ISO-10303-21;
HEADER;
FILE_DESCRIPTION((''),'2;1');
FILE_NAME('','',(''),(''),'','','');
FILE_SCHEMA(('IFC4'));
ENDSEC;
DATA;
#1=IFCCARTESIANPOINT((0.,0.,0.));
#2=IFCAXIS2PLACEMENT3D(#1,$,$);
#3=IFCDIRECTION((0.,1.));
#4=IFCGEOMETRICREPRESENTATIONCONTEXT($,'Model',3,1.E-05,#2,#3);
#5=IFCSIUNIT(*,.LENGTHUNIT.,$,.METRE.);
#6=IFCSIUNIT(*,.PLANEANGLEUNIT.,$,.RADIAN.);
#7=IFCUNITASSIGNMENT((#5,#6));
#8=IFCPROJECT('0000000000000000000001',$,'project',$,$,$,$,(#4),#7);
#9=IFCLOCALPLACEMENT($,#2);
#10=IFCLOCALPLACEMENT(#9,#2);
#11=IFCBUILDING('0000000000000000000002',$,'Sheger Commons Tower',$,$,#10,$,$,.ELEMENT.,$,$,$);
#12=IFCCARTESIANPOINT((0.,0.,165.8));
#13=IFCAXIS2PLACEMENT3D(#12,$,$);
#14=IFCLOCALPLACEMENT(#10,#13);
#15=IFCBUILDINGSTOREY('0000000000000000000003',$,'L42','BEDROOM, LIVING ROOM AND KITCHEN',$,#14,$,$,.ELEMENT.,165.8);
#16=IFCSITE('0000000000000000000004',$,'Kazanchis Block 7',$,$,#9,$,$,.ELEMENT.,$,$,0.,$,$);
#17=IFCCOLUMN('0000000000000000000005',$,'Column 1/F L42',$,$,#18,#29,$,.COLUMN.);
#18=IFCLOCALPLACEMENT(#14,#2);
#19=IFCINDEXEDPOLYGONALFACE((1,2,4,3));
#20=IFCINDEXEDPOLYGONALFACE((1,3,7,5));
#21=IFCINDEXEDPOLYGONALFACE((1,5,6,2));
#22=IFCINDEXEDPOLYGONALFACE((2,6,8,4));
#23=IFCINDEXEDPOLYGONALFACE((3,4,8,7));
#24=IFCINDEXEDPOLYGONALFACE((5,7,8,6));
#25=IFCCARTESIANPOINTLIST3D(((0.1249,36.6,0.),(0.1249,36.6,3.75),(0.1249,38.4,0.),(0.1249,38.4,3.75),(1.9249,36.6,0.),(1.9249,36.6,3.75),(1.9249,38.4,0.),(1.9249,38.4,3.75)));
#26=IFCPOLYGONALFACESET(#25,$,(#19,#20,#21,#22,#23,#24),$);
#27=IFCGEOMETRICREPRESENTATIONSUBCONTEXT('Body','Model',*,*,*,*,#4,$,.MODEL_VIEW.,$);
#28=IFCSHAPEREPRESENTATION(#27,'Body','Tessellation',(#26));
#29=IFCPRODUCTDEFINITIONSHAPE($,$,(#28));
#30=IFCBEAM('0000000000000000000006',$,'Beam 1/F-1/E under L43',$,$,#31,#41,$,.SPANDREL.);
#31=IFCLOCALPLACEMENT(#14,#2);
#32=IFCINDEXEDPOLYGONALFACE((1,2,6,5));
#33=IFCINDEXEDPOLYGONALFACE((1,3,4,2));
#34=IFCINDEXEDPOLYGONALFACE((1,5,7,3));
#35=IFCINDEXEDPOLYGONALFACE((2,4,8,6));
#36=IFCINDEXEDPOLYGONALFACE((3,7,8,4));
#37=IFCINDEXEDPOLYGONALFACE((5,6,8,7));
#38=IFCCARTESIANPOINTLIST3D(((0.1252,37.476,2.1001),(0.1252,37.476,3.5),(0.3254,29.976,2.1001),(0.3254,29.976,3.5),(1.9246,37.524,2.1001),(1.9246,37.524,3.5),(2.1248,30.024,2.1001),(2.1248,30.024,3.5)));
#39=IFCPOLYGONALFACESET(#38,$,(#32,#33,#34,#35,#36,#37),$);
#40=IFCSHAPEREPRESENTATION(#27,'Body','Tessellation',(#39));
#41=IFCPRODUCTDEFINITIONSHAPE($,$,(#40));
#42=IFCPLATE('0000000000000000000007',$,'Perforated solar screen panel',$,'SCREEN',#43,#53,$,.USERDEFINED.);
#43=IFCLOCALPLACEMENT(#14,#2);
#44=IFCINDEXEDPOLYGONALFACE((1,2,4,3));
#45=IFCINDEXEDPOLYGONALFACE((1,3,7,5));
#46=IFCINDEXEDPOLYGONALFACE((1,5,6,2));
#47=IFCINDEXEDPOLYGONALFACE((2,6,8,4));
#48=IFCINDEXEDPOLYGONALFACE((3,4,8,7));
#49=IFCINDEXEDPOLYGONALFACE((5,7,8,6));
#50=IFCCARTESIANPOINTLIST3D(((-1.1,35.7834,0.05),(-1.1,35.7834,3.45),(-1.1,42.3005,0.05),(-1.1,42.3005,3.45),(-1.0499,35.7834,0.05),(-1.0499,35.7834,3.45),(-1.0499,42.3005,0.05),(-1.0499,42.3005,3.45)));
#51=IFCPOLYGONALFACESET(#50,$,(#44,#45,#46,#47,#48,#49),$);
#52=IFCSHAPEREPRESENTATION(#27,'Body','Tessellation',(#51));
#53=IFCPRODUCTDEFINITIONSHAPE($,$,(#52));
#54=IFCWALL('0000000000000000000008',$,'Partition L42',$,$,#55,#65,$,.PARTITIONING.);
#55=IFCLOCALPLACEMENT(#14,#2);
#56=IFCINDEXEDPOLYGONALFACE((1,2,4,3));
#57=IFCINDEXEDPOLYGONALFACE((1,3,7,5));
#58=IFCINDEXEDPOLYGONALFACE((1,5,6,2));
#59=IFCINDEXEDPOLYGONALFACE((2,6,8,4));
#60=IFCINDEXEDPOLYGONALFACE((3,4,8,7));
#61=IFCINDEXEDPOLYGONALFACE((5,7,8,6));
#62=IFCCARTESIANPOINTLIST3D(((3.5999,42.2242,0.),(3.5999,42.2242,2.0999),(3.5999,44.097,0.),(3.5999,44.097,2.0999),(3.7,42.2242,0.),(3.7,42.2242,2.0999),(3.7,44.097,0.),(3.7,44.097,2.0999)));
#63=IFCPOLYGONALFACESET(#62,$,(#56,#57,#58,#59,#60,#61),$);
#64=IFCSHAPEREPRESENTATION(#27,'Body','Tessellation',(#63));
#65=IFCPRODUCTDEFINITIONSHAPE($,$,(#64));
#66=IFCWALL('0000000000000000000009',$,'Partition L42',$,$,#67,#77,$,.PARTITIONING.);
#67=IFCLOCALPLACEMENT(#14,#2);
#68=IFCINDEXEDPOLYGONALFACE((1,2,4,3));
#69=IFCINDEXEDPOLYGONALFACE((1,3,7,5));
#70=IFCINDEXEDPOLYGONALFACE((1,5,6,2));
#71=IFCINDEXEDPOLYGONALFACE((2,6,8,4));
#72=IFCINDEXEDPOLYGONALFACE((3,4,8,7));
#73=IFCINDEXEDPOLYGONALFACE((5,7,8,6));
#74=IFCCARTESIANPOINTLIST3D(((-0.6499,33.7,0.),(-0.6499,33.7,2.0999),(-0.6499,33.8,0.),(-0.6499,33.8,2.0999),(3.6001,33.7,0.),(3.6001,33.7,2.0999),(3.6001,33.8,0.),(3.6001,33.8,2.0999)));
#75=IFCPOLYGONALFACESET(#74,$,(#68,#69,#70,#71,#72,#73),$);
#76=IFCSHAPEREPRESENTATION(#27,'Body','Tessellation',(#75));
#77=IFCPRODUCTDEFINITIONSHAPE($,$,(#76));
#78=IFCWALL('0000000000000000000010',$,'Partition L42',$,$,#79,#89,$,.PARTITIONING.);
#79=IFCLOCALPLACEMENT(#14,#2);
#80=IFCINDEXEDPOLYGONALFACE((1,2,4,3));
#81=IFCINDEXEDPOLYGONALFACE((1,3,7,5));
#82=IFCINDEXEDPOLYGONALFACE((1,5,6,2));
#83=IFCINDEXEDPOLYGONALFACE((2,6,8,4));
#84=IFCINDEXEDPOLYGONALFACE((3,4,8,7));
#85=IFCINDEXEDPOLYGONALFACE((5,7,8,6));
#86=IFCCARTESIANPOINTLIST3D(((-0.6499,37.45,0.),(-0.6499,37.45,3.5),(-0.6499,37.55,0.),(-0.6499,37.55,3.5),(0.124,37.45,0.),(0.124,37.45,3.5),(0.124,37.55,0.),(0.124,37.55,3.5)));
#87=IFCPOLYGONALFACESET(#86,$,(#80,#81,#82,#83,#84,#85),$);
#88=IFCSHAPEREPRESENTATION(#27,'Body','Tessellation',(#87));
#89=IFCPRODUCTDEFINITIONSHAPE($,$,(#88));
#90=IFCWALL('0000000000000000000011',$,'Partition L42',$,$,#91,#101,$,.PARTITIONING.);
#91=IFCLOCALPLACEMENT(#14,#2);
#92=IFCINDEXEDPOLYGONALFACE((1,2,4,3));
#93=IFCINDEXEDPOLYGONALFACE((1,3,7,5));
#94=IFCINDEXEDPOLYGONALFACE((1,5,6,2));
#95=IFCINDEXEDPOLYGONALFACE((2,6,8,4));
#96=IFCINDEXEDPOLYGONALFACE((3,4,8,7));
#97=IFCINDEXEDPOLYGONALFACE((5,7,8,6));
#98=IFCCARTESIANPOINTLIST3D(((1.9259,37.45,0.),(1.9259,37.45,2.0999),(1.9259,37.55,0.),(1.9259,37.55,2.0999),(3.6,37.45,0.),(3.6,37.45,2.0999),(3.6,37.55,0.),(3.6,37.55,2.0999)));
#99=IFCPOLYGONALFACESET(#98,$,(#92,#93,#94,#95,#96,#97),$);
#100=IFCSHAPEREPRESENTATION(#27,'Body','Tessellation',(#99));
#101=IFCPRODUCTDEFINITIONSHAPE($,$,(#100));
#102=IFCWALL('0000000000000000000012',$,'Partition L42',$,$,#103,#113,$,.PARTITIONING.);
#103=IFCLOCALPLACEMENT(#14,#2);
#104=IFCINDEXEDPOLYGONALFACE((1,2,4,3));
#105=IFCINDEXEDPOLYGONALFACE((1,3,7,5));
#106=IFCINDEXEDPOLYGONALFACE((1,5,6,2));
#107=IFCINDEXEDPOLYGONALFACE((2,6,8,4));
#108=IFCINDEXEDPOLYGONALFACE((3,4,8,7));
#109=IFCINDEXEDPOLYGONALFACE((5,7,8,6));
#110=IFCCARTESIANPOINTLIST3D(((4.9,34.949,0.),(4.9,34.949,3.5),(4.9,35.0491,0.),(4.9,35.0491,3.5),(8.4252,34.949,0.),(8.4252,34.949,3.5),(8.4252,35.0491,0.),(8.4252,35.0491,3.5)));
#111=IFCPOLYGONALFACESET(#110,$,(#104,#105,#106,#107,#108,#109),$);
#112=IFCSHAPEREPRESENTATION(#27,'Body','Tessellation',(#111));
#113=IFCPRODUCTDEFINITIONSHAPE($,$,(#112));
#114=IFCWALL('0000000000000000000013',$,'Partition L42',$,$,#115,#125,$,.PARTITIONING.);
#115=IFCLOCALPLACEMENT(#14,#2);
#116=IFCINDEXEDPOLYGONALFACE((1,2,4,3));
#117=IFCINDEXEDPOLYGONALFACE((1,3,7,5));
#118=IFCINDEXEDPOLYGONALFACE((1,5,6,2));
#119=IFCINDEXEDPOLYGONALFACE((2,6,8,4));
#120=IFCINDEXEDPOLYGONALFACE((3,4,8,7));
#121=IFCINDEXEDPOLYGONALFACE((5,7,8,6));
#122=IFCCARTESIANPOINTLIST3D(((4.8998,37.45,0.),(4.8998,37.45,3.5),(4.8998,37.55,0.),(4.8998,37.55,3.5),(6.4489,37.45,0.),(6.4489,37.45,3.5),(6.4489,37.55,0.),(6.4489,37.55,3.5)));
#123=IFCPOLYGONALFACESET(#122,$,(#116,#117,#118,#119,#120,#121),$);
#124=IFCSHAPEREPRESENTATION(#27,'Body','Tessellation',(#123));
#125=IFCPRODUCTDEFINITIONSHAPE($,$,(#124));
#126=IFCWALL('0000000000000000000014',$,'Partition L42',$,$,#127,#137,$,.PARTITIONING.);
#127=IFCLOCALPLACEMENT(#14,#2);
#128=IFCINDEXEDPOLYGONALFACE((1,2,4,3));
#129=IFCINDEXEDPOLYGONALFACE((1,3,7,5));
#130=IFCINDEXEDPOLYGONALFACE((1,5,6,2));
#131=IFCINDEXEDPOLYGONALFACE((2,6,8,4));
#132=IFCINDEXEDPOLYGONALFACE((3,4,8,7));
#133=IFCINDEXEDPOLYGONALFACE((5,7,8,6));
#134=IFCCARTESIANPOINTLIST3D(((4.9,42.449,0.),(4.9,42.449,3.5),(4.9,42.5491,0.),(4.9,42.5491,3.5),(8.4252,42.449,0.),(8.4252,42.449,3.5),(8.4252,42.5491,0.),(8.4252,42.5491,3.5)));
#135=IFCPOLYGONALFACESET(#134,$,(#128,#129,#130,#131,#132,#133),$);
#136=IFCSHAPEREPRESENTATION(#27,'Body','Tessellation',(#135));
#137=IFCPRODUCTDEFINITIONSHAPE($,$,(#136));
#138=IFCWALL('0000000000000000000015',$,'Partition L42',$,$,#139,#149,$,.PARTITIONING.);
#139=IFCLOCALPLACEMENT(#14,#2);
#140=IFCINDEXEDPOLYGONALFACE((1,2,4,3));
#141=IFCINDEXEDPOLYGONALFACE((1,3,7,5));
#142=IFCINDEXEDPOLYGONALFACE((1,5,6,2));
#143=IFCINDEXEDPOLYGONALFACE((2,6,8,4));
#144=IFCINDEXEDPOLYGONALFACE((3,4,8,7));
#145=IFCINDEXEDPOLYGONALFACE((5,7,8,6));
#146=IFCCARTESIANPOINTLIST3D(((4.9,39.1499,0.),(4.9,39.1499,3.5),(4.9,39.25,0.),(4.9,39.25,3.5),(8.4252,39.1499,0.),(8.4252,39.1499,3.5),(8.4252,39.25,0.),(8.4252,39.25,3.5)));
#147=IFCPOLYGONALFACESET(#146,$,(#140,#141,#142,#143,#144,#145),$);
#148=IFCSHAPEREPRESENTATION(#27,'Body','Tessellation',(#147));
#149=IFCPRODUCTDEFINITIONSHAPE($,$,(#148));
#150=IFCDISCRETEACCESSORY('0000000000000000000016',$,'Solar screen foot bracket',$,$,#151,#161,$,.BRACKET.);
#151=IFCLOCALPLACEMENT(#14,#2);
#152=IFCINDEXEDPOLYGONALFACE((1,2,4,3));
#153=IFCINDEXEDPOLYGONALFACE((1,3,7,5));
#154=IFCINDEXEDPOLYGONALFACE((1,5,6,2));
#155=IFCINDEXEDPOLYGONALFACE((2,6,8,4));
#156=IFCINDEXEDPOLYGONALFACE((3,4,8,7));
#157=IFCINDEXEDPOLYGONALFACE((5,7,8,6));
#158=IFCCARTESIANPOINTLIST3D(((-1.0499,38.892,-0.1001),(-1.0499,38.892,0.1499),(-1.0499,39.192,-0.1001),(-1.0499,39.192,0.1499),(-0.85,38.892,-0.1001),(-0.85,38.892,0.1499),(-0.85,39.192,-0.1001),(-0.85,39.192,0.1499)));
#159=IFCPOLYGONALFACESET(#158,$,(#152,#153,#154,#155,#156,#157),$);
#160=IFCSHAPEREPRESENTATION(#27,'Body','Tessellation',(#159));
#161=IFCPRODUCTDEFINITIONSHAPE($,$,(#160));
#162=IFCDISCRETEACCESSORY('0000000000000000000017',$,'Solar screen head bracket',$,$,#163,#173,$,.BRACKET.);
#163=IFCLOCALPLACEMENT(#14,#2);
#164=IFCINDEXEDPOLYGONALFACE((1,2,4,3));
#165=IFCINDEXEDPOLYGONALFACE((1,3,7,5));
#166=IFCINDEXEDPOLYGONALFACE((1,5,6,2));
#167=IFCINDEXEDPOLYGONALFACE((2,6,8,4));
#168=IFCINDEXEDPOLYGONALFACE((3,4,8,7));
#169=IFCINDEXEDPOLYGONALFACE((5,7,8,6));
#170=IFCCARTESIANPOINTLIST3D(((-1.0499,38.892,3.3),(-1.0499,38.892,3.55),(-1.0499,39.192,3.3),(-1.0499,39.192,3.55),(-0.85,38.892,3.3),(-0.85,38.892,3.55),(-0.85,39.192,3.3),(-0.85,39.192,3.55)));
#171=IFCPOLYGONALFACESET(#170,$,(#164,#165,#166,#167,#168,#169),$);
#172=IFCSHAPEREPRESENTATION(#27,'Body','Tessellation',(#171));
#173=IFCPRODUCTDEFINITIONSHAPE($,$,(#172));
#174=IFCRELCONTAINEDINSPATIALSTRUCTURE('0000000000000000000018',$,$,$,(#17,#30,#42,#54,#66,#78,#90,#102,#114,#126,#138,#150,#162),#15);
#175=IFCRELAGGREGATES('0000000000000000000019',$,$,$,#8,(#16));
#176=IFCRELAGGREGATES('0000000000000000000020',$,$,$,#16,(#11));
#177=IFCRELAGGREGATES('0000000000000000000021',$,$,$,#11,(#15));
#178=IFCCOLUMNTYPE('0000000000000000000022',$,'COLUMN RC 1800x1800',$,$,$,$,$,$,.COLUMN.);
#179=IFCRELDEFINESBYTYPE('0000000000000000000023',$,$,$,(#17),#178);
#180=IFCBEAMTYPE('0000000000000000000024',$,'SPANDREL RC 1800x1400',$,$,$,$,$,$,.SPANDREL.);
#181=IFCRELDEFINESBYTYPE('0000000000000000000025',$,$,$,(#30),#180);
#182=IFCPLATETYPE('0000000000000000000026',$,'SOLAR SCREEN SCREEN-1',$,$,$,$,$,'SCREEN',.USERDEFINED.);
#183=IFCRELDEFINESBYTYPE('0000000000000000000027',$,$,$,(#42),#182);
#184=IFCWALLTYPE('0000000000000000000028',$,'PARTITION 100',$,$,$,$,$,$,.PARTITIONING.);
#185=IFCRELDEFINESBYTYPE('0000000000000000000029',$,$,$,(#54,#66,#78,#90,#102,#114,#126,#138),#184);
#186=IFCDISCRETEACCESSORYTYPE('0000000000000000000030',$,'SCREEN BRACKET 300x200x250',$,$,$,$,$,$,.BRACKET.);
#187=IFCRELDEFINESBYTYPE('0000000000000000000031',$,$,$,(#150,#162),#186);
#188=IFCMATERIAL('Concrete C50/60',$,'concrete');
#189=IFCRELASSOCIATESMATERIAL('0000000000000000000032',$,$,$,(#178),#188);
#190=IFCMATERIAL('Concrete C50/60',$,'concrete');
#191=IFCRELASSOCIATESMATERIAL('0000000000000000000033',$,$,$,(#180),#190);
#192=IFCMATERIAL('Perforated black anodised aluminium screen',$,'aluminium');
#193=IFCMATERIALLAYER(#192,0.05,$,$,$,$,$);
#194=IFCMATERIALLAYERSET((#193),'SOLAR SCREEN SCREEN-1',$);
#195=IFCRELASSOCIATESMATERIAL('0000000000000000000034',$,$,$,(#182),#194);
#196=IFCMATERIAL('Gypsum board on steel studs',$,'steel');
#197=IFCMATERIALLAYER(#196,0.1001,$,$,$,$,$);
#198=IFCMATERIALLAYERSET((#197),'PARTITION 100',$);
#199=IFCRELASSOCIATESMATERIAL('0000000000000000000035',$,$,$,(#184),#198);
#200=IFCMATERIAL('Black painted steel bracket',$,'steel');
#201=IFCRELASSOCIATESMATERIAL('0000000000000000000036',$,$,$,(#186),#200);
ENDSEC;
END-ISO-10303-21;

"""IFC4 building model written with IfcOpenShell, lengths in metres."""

from ifc_helpers import new_model, si_unit, direction, frame, frame_2d, origin, origin_2d, place, context, subcontext, project, spatial, rectangle, extrude, material, layer, layer_set, material_profile, profile_set, type_object, element, save


model = new_model("IFC4")

# Units and contexts
model_context = context("Model", 3, precision=1e-05, world=origin(), true_north=direction((0.0, 1.0)))
body_context = subcontext(model_context, "Body", "Model", "MODEL_VIEW")
ifc_project = project(units=[si_unit("LENGTHUNIT", "METRE"), si_unit("PLANEANGLEUNIT", "RADIAN")], contexts=[model_context])

# Site, building, storey
site_placement = place(None, origin())
site = spatial("IfcSite", under=ifc_project, at=site_placement, Name="Kazanchis Block 7", CompositionType="ELEMENT", RefElevation=0.0)
building_placement = place(site_placement, origin())
building = spatial("IfcBuilding", under=site, at=building_placement, Name="Sheger Commons Tower", CompositionType="ELEMENT")
storey_placement = place(building_placement, frame((0.0, 0.0, 165.8)))
storey = spatial("IfcBuildingStorey", under=building, at=storey_placement, Name="L42", Description="BEDROOM, LIVING ROOM AND KITCHEN", CompositionType="ELEMENT", Elevation=165.8)

# Column
ifc_material_1 = material(Name="Concrete C50/60", Category="concrete")
ifc_material_profile_1 = material_profile(ifc_material_1, rectangle(XDim=1.8, YDim=1.8, at=origin_2d()), Name="RC 1800x1800")
ifc_profile_set_1 = profile_set([ifc_material_profile_1], Name="Concrete C50/60")
column_type = type_object("IfcColumnType", Name="COLUMN RC 1800x1800", PredefinedType="COLUMN", material=ifc_profile_set_1)
column_placement = place(storey_placement, frame((1.0249, 37.5, 0.0), z_axis=(0.0, 0.0, 1.0), x_axis=(1.0, 0.0, 0.0)))
element("IfcColumn", 1, at=column_placement, inside=storey, type_object=column_type, Name="Column 1/F L42", PredefinedType="COLUMN", context=body_context, shape_type="SweptSolid", body=[
    extrude(rectangle(XDim=1.8, YDim=1.8, at=origin_2d()), origin(), (0.0, 0.0, 1.0), 3.75),
])

# Beam
ifc_material_2 = material(Name="Concrete C50/60", Category="concrete")
ifc_material_profile_2 = material_profile(ifc_material_2, rectangle(XDim=1.8, YDim=1.3999, at=origin_2d()), Name="RC 1800x1400")
ifc_profile_set_2 = profile_set([ifc_material_profile_2], Name="Concrete C50/60")
beam_type = type_object("IfcBeamType", Name="SPANDREL RC 1800x1400", PredefinedType="SPANDREL", material=ifc_profile_set_2)
beam_placement = place(storey_placement, frame((1.0249, 37.5, 2.8), z_axis=(0.026683, -0.999644, 0.0), x_axis=(0.999644, 0.026683, 0.0)))
element("IfcBeam", 2, at=beam_placement, inside=storey, type_object=beam_type, Name="Beam 1/F-1/E under L43", PredefinedType="SPANDREL", context=body_context, shape_type="SweptSolid", body=[
    extrude(rectangle(XDim=1.8, YDim=1.3999, at=origin_2d()), origin(), (0.0, 0.0, 1.0), 7.5027),
])

# Plate
ifc_material_3 = material(Name="Perforated black anodised aluminium screen", Category="aluminium")
ifc_layer_1 = layer(ifc_material_3, 0.05)
ifc_layer_set_1 = layer_set([ifc_layer_1], Name="SOLAR SCREEN SCREEN-1")
plate_type = type_object("IfcPlateType", Name="SOLAR SCREEN SCREEN-1", ElementType="SCREEN", PredefinedType="USERDEFINED", material=ifc_layer_set_1)
plate_placement = place(storey_placement, frame((-1.075, 39.042, 0.05), z_axis=(0.0, 0.0, 1.0), x_axis=(0.0, -1.0, 0.0)))
element("IfcPlate", 3, at=plate_placement, inside=storey, type_object=plate_type, Name="Perforated solar screen panel", ObjectType="SCREEN", PredefinedType="USERDEFINED", context=body_context, shape_type="SweptSolid", body=[
    extrude(rectangle(XDim=6.5171, YDim=0.05, at=origin_2d()), origin(), (0.0, 0.0, 1.0), 3.3999),
])

# Walls
ifc_material_4 = material(Name="Gypsum board on steel studs", Category="steel")
ifc_layer_2 = layer(ifc_material_4, 0.1001)
ifc_layer_set_2 = layer_set([ifc_layer_2], Name="PARTITION 100")
wall_type = type_object("IfcWallType", Name="PARTITION 100", PredefinedType="PARTITIONING", material=ifc_layer_set_2)
wall_1_placement = place(storey_placement, frame((3.6499, 42.2241, 0.0), z_axis=(0.0, 0.0, 1.0), x_axis=(0.0, 1.0, 0.0)))
element("IfcWall", 4, at=wall_1_placement, inside=storey, type_object=wall_type, Name="Partition L42", PredefinedType="PARTITIONING", context=body_context, shape_type="SweptSolid", body=[
    extrude(rectangle(XDim=1.8728, YDim=0.1001, at=frame_2d((0.9365, 0.0))), origin(), (0.0, 0.0, 1.0), 2.0999),
])
wall_2_placement = place(storey_placement, frame((-0.6499, 33.75, 0.0), z_axis=(0.0, 0.0, 1.0), x_axis=(1.0, 0.0, 0.0)))
element("IfcWall", 5, at=wall_2_placement, inside=storey, type_object=wall_type, Name="Partition L42", PredefinedType="PARTITIONING", context=body_context, shape_type="SweptSolid", body=[
    extrude(rectangle(XDim=4.25, YDim=0.1001, at=frame_2d((2.125, 0.0))), origin(), (0.0, 0.0, 1.0), 2.0999),
])
wall_3_placement = place(storey_placement, frame((-0.6499, 37.5, 0.0), z_axis=(0.0, 0.0, 1.0), x_axis=(1.0, 0.0, 0.0)))
element("IfcWall", 6, at=wall_3_placement, inside=storey, type_object=wall_type, Name="Partition L42", PredefinedType="PARTITIONING", context=body_context, shape_type="SweptSolid", body=[
    extrude(rectangle(XDim=0.7739, YDim=0.1001, at=frame_2d((0.387, 0.0))), origin(), (0.0, 0.0, 1.0), 3.5),
])
wall_4_placement = place(storey_placement, frame((1.926, 37.5, 0.0), z_axis=(0.0, 0.0, 1.0), x_axis=(1.0, 0.0, 0.0)))
element("IfcWall", 7, at=wall_4_placement, inside=storey, type_object=wall_type, Name="Partition L42", PredefinedType="PARTITIONING", context=body_context, shape_type="SweptSolid", body=[
    extrude(rectangle(XDim=1.6741, YDim=0.1001, at=frame_2d((0.8369, 0.0))), origin(), (0.0, 0.0, 1.0), 2.0999),
])
wall_5_placement = place(storey_placement, frame((4.8999, 34.999, 0.0), z_axis=(0.0, 0.0, 1.0), x_axis=(1.0, 0.0, 0.0)))
element("IfcWall", 8, at=wall_5_placement, inside=storey, type_object=wall_type, Name="Partition L42", PredefinedType="PARTITIONING", context=body_context, shape_type="SweptSolid", body=[
    extrude(rectangle(XDim=3.5251, YDim=0.1001, at=frame_2d((1.7627, 0.0))), origin(), (0.0, 0.0, 1.0), 3.5),
])
wall_6_placement = place(storey_placement, frame((4.8999, 37.5, 0.0), z_axis=(0.0, 0.0, 1.0), x_axis=(1.0, 0.0, 0.0)))
element("IfcWall", 9, at=wall_6_placement, inside=storey, type_object=wall_type, Name="Partition L42", PredefinedType="PARTITIONING", context=body_context, shape_type="SweptSolid", body=[
    extrude(rectangle(XDim=1.5491, YDim=0.1001, at=frame_2d((0.7744, 0.0))), origin(), (0.0, 0.0, 1.0), 3.5),
])
for number, where, z_axis, x_axis, name in (
    (10, (4.8999, 42.499, 0.0), (0.0, 0.0, 1.0), (1.0, 0.0, 0.0), "Partition L42"),
    (11, (4.8999, 39.2, 0.0), (0.0, 0.0, 1.0), (1.0, 0.0, 0.0), "Partition L42"),
):
    element("IfcWall", number, at=place(storey_placement, frame(where, z_axis=z_axis, x_axis=x_axis)), inside=storey, type_object=wall_type, Name=name, PredefinedType="PARTITIONING", context=body_context, shape_type="SweptSolid", body=[
        extrude(rectangle(XDim=3.5251, YDim=0.1001, at=frame_2d((1.7627, 0.0))), origin(), (0.0, 0.0, 1.0), 3.5),
    ])

# Discrete accessories
ifc_material_5 = material(Name="Black painted steel bracket", Category="steel")
discrete_accessory_type = type_object("IfcDiscreteAccessoryType", Name="SCREEN BRACKET 300x200x250", PredefinedType="BRACKET", material=ifc_material_5)
for number, where, z_axis, x_axis, name in (
    (12, (-0.95, 39.042, -0.1001), (0.0, 0.0, 1.0), (0.0, -1.0, 0.0), "Solar screen foot bracket"),
    (13, (-0.95, 39.042, 3.3), (0.0, 0.0, 1.0), (0.0, -1.0, 0.0), "Solar screen head bracket"),
):
    element("IfcDiscreteAccessory", number, at=place(storey_placement, frame(where, z_axis=z_axis, x_axis=x_axis)), inside=storey, type_object=discrete_accessory_type, Name=name, PredefinedType="BRACKET", context=body_context, shape_type="SweptSolid", body=[
        extrude(rectangle(XDim=0.3, YDim=0.2, at=origin_2d()), origin(), (0.0, 0.0, 1.0), 0.25),
    ])

save(model, "model.ifc")
